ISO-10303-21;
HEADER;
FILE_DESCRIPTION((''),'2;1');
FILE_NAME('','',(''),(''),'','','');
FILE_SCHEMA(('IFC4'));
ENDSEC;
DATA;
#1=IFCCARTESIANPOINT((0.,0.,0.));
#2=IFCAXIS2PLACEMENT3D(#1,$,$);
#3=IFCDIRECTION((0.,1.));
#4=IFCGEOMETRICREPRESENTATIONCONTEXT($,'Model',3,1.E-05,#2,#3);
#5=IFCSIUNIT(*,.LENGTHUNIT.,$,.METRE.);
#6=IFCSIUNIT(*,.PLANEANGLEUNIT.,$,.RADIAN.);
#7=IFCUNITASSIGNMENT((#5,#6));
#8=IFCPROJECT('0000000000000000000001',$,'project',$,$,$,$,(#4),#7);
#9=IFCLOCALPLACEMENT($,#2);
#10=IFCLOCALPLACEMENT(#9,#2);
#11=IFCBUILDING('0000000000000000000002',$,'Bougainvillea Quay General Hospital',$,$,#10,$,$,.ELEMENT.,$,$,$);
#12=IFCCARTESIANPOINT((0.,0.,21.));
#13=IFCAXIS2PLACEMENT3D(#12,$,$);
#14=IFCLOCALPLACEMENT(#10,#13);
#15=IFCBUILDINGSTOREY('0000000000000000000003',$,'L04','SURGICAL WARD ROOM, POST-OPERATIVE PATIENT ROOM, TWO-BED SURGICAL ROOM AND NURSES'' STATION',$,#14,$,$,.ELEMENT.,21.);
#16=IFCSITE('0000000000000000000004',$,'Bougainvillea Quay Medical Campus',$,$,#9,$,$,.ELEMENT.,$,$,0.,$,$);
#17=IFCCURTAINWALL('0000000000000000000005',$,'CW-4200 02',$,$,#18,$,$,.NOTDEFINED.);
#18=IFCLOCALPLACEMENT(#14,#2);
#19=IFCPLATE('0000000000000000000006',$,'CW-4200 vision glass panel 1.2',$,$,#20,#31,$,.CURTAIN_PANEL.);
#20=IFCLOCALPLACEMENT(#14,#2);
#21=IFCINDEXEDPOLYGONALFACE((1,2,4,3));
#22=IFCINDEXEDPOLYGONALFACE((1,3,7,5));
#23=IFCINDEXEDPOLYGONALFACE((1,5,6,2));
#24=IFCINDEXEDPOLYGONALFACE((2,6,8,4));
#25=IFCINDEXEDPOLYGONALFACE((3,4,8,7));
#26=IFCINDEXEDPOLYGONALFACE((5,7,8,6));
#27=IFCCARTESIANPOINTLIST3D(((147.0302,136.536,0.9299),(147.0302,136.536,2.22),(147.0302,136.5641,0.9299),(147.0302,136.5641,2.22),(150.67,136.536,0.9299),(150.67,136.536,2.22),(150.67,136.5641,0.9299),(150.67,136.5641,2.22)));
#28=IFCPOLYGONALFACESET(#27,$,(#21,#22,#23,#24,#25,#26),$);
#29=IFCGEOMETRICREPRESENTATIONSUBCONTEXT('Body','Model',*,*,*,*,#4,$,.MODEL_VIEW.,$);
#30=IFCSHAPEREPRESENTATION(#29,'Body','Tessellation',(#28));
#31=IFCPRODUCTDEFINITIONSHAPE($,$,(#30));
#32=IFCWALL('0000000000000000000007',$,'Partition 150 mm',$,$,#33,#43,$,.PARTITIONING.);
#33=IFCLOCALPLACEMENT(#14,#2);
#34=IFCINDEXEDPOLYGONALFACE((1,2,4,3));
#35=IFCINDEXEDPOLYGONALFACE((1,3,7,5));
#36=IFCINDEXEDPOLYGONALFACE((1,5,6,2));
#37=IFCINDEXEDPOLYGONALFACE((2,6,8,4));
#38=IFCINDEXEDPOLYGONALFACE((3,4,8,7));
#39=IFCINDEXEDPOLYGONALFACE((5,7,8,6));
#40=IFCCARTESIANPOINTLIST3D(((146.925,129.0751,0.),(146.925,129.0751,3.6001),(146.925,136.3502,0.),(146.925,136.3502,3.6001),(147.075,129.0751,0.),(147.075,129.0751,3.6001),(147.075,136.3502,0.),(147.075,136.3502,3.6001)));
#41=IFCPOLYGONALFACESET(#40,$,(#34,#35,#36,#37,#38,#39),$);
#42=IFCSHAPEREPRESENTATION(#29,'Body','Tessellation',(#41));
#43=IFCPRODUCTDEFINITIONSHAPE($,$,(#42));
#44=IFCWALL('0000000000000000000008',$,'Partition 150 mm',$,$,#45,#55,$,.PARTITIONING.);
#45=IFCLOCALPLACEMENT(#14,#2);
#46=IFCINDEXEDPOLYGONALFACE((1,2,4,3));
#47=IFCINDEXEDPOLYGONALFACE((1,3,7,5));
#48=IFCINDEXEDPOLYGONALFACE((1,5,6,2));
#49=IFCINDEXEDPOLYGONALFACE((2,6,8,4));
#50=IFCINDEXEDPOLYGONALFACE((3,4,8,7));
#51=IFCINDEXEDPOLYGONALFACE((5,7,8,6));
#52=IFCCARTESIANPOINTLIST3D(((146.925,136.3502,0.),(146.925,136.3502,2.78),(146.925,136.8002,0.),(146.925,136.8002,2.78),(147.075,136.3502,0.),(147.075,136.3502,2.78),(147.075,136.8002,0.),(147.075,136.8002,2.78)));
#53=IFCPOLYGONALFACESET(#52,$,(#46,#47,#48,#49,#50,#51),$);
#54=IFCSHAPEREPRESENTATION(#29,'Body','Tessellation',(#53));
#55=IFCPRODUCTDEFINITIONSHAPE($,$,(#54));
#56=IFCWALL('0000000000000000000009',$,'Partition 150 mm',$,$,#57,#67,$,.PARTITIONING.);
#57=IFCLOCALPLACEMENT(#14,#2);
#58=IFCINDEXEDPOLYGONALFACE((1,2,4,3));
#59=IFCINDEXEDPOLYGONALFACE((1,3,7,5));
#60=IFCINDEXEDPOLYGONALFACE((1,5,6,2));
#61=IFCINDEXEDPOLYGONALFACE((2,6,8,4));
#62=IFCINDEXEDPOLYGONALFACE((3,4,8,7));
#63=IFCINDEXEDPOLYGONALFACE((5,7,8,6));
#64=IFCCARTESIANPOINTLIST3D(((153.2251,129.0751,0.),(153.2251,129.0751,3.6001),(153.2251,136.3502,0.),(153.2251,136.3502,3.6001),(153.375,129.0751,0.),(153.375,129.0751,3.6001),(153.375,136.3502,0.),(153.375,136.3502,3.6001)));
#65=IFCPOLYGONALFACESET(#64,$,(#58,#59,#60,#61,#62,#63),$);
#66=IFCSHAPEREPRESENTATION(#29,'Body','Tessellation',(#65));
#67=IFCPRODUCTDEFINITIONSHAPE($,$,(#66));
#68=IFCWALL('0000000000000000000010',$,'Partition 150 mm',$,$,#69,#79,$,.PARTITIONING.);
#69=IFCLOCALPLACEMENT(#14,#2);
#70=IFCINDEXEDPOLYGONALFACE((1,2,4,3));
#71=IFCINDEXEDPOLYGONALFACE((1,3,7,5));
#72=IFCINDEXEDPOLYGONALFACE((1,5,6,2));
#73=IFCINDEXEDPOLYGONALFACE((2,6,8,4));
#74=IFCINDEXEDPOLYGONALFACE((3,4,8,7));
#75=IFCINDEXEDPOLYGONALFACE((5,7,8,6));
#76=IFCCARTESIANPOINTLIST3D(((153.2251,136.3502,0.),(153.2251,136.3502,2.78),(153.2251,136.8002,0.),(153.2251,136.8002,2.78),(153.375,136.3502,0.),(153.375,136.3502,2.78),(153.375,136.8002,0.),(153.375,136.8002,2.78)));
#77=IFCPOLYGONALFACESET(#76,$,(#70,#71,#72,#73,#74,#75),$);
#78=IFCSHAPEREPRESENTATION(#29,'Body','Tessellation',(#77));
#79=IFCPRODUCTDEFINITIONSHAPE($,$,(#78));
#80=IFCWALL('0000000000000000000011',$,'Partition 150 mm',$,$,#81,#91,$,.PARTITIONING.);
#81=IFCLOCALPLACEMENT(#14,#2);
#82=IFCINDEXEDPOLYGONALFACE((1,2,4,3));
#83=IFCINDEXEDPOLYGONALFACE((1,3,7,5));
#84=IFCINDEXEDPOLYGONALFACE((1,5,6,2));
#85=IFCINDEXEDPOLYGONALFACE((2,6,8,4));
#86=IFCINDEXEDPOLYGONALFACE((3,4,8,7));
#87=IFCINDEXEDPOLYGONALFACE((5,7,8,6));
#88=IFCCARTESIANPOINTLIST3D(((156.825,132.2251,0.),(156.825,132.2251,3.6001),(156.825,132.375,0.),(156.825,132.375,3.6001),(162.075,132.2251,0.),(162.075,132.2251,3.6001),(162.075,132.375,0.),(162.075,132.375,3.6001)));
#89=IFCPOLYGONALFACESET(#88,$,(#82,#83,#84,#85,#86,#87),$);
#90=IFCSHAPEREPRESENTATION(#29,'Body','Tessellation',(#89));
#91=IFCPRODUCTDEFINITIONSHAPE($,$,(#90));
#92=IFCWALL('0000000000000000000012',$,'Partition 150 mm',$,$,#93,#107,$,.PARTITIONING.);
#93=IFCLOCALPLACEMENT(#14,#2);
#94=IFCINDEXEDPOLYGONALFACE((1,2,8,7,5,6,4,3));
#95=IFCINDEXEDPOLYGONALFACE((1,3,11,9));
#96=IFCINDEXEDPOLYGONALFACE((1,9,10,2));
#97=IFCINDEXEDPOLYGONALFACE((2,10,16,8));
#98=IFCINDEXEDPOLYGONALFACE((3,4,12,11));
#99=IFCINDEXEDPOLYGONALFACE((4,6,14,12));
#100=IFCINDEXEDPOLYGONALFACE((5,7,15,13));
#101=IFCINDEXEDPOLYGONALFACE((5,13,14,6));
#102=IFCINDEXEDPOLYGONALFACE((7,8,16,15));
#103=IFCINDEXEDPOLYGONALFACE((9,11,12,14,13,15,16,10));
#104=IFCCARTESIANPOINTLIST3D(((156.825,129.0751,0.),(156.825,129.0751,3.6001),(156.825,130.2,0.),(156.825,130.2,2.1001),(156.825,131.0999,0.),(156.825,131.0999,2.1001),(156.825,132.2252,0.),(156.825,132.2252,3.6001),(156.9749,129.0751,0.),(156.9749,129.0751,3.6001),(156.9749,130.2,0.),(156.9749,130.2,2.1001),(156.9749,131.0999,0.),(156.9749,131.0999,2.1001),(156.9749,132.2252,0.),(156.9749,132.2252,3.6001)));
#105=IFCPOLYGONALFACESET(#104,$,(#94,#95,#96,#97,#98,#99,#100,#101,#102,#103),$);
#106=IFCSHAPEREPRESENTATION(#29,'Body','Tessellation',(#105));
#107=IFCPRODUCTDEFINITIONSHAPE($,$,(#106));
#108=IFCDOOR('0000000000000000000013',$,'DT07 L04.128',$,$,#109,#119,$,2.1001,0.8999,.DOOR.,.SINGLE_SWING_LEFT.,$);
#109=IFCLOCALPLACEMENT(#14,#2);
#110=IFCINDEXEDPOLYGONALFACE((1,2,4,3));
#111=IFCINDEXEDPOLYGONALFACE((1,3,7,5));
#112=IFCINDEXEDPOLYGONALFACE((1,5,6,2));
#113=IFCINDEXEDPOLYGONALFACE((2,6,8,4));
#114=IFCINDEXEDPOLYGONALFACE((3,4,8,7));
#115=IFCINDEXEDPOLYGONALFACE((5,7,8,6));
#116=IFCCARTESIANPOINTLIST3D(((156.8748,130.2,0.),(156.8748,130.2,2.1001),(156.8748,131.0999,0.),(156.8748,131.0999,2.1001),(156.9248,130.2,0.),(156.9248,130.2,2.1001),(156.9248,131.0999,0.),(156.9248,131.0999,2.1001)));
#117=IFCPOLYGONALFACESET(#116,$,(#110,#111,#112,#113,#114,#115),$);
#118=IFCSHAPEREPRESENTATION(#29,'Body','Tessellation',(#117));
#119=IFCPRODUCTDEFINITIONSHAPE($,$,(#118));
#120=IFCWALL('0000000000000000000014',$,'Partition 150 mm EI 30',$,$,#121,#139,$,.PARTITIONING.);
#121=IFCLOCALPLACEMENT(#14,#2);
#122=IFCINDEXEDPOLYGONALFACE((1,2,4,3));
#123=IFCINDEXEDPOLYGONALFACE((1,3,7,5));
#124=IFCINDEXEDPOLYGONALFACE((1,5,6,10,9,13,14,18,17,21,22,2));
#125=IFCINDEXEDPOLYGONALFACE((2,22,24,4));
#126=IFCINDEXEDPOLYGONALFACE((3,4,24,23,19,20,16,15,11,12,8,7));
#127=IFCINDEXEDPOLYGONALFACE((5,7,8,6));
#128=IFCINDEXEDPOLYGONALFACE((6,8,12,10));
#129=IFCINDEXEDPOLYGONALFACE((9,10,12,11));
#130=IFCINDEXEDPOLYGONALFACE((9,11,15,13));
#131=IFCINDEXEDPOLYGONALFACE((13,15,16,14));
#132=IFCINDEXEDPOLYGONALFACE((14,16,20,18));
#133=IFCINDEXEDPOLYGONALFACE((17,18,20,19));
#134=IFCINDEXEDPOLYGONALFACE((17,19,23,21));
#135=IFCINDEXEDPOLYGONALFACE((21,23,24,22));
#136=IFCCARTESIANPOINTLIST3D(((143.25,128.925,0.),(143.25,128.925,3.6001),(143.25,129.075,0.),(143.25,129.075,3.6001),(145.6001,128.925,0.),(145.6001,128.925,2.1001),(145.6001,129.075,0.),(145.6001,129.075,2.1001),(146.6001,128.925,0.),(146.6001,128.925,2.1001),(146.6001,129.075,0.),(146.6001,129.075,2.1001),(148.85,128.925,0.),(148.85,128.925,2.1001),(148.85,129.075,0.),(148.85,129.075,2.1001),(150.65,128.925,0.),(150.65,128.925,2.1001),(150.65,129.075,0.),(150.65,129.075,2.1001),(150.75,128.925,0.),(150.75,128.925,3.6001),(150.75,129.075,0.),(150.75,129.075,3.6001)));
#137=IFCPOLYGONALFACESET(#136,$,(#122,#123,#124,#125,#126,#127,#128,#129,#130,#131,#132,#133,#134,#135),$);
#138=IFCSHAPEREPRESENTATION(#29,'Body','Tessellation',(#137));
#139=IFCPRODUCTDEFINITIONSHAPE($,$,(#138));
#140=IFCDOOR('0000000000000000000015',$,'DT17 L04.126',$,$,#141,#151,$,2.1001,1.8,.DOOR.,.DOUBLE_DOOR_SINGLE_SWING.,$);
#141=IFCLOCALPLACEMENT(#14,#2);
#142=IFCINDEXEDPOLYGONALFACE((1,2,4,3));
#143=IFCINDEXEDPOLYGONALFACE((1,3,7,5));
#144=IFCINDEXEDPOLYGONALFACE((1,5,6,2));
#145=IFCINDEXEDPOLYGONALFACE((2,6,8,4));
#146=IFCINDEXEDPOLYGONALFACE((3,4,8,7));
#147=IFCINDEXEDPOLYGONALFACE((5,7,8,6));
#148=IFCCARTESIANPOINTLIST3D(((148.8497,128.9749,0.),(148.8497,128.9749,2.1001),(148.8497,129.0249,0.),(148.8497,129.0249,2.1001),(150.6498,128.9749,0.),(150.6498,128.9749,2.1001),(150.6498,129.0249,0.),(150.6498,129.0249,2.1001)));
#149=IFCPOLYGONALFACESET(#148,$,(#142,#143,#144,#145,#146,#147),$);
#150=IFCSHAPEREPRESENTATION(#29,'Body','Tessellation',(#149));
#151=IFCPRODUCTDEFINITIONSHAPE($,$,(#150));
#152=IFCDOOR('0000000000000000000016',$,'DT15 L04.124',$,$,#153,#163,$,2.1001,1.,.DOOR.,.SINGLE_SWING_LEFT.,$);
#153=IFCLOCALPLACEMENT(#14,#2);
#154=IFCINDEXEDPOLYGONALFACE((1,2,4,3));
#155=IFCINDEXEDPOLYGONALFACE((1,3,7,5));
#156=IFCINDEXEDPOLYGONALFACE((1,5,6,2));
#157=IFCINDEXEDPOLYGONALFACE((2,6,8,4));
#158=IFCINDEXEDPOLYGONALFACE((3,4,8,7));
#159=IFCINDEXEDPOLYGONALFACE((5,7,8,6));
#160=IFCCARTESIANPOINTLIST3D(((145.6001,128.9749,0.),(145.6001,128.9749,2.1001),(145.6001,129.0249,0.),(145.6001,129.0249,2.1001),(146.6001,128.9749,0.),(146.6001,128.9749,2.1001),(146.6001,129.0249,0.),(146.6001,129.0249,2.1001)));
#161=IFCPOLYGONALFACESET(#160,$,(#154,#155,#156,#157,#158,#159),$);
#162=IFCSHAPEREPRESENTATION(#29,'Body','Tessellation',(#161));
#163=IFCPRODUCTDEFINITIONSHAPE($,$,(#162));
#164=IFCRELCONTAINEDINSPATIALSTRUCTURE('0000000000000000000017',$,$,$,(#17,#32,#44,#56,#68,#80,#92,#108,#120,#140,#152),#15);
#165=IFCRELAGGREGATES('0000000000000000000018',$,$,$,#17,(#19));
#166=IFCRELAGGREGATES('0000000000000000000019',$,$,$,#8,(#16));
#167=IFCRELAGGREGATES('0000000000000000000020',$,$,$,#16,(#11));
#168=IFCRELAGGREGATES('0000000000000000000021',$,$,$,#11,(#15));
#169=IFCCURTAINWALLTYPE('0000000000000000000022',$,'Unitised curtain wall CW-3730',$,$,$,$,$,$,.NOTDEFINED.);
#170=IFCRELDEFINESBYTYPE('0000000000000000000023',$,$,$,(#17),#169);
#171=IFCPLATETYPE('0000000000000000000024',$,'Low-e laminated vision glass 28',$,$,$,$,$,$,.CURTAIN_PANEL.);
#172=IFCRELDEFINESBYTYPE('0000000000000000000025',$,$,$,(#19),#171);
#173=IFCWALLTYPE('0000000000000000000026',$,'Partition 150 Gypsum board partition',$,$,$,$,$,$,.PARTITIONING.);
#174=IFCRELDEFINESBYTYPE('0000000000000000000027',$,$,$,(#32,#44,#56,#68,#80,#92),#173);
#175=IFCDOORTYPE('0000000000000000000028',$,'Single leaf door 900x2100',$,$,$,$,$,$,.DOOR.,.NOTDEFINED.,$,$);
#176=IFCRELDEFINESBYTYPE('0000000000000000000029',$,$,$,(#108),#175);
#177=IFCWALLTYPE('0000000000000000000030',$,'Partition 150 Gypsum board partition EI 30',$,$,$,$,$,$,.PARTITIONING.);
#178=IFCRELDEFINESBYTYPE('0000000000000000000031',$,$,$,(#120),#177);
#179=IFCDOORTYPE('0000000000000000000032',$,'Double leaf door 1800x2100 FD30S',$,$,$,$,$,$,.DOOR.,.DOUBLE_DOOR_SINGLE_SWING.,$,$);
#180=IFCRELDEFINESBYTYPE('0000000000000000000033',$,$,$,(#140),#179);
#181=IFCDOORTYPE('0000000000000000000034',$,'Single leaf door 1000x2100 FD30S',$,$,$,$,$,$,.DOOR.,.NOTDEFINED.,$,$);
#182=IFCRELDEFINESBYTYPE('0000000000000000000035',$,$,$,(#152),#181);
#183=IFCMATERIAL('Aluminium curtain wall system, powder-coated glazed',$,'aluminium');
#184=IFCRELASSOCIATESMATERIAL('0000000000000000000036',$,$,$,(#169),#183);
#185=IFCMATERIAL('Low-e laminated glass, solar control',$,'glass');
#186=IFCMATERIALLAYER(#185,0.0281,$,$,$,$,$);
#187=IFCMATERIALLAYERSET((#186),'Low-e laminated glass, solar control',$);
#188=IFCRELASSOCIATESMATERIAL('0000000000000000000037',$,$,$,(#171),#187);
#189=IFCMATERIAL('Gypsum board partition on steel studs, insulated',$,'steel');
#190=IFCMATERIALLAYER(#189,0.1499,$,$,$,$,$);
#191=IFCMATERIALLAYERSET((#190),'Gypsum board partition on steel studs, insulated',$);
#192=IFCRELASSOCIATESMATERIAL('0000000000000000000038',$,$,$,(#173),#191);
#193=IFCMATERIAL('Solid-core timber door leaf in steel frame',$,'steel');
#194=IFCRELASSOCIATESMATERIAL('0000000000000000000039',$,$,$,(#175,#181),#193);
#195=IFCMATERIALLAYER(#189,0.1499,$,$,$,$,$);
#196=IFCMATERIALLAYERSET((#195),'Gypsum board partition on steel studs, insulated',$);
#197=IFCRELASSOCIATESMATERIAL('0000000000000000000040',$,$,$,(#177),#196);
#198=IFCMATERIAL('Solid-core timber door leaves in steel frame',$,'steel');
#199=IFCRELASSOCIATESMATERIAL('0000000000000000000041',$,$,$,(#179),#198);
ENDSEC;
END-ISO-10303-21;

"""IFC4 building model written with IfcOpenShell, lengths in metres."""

from ifc_helpers import new_model, si_unit, direction, frame, frame_2d, origin, origin_2d, place, context, subcontext, project, spatial, rectangle, extrude, material, layer, layer_set, type_object, element, fill, aggregate, save


model = new_model("IFC4")

# Units and contexts
model_context = context("Model", 3, precision=1e-05, world=origin(), true_north=direction((0.0, 1.0)))
body_context = subcontext(model_context, "Body", "Model", "MODEL_VIEW")
ifc_project = project(units=[si_unit("LENGTHUNIT", "METRE"), si_unit("PLANEANGLEUNIT", "RADIAN")], contexts=[model_context])

# Site, building, storey
site_placement = place(None, origin())
site = spatial("IfcSite", under=ifc_project, at=site_placement, Name="Bougainvillea Quay Medical Campus", CompositionType="ELEMENT", RefElevation=0.0)
building_placement = place(site_placement, origin())
building = spatial("IfcBuilding", under=site, at=building_placement, Name="Bougainvillea Quay General Hospital", CompositionType="ELEMENT")
storey_placement = place(building_placement, frame((0.0, 0.0, 21.0)))
storey = spatial("IfcBuildingStorey", under=building, at=storey_placement, Name="L04", Description="SURGICAL WARD ROOM, POST-OPERATIVE PATIENT ROOM, TWO-BED SURGICAL ROOM AND NURSES' STATION", CompositionType="ELEMENT", Elevation=21.0)

# Shared definitions
ifc_material_1 = material(Name="Aluminium curtain wall system, powder-coated glazed", Category="aluminium")
curtain_wall_type = type_object("IfcCurtainWallType", Name="Unitised curtain wall CW-3730", PredefinedType="NOTDEFINED", material=ifc_material_1)

# Curtain wall
curtain_wall_1_placement = place(storey_placement, origin())
curtain_wall_1 = element("IfcCurtainWall", 1, at=curtain_wall_1_placement, inside=storey, type_object=curtain_wall_type, Name="CW-4200 02", PredefinedType="NOTDEFINED")

# Plate
ifc_material_2 = material(Name="Low-e laminated glass, solar control", Category="glass")
ifc_layer_1 = layer(ifc_material_2, 0.0281)
ifc_layer_set_1 = layer_set([ifc_layer_1], Name="Low-e laminated glass, solar control")
plate_type_1 = type_object("IfcPlateType", Name="Low-e laminated vision glass 28", PredefinedType="CURTAIN_PANEL", material=ifc_layer_set_1)
plate_1_placement = place(storey_placement, frame((148.8501, 136.55, 0.9299), z_axis=(0.0, 0.0, 1.0), x_axis=(-1.0, 0.0, 0.0)))
plate_1 = element("IfcPlate", 2, at=plate_1_placement, type_object=plate_type_1, Name="CW-4200 vision glass panel 1.2", PredefinedType="CURTAIN_PANEL", context=body_context, shape_type="SweptSolid", body=[
    extrude(rectangle(XDim=3.6399, YDim=0.0281, at=origin_2d()), origin(), (0.0, 0.0, 1.0), 1.29),
])
aggregate(curtain_wall_1, [plate_1])

# Walls
ifc_material_3 = material(Name="Gypsum board partition on steel studs, insulated", Category="steel")
ifc_layer_2 = layer(ifc_material_3, 0.1499)
ifc_layer_set_2 = layer_set([ifc_layer_2], Name="Gypsum board partition on steel studs, insulated")
wall_type_1 = type_object("IfcWallType", Name="Partition 150 Gypsum board partition", PredefinedType="PARTITIONING", material=ifc_layer_set_2)
wall_1_placement = place(storey_placement, frame((147.0, 129.075, 0.0), z_axis=(0.0, 0.0, 1.0), x_axis=(0.0, 1.0, 0.0)))
element("IfcWall", 3, at=wall_1_placement, inside=storey, type_object=wall_type_1, Name="Partition 150 mm", PredefinedType="PARTITIONING", context=body_context, shape_type="SweptSolid", body=[
    extrude(rectangle(XDim=7.2751, YDim=0.1499, at=frame_2d((3.6377, 0.0))), origin(), (0.0, 0.0, 1.0), 3.6001),
])
wall_2_placement = place(storey_placement, frame((147.0, 136.3501, 0.0), z_axis=(0.0, 0.0, 1.0), x_axis=(0.0, 1.0, 0.0)))
element("IfcWall", 4, at=wall_2_placement, inside=storey, type_object=wall_type_1, Name="Partition 150 mm", PredefinedType="PARTITIONING", context=body_context, shape_type="SweptSolid", body=[
    extrude(rectangle(XDim=0.45, YDim=0.1499, at=frame_2d((0.2251, 0.0))), origin(), (0.0, 0.0, 1.0), 2.78),
])
wall_3_placement = place(storey_placement, frame((153.3, 129.075, 0.0), z_axis=(0.0, 0.0, 1.0), x_axis=(0.0, 1.0, 0.0)))
element("IfcWall", 5, at=wall_3_placement, inside=storey, type_object=wall_type_1, Name="Partition 150 mm", PredefinedType="PARTITIONING", context=body_context, shape_type="SweptSolid", body=[
    extrude(rectangle(XDim=7.2751, YDim=0.1499, at=frame_2d((3.6377, 0.0))), origin(), (0.0, 0.0, 1.0), 3.6001),
])
wall_4_placement = place(storey_placement, frame((153.3, 136.3501, 0.0), z_axis=(0.0, 0.0, 1.0), x_axis=(0.0, 1.0, 0.0)))
element("IfcWall", 6, at=wall_4_placement, inside=storey, type_object=wall_type_1, Name="Partition 150 mm", PredefinedType="PARTITIONING", context=body_context, shape_type="SweptSolid", body=[
    extrude(rectangle(XDim=0.45, YDim=0.1499, at=frame_2d((0.2251, 0.0))), origin(), (0.0, 0.0, 1.0), 2.78),
])
wall_5_placement = place(storey_placement, frame((156.825, 132.3, 0.0), z_axis=(0.0, 0.0, 1.0), x_axis=(1.0, 0.0, 0.0)))
element("IfcWall", 7, at=wall_5_placement, inside=storey, type_object=wall_type_1, Name="Partition 150 mm", PredefinedType="PARTITIONING", context=body_context, shape_type="SweptSolid", body=[
    extrude(rectangle(XDim=5.25, YDim=0.1499, at=frame_2d((2.625, 0.0))), origin(), (0.0, 0.0, 1.0), 3.6001),
])

# Wall, opening, door
wall_6_placement = place(storey_placement, frame((156.8999, 129.075, 0.0), z_axis=(0.0, 0.0, 1.0), x_axis=(0.0, 1.0, 0.0)))
wall_6 = element("IfcWall", 8, at=wall_6_placement, inside=storey, type_object=wall_type_1, Name="Partition 150 mm", PredefinedType="PARTITIONING", context=body_context, shape_type="SweptSolid", body=[
    extrude(rectangle(XDim=3.1501, YDim=0.1499, at=frame_2d((1.5752, 0.0))), origin(), (0.0, 0.0, 1.0), 3.6001),
])
opening_1_placement = place(wall_6_placement, frame((1.125, 0.0, 0.0)))
opening_1 = element("IfcOpeningElement", 9, at=opening_1_placement, cuts=wall_6, PredefinedType="OPENING", context=body_context, shape_type="SweptSolid", body=[
    extrude(rectangle(XDim=0.8999, YDim=2.1001, at=frame_2d((0.45, 1.05))), frame((0.0, 0.085, 0.0), z_axis=(0.0, -1.0, 0.0), x_axis=(1.0, 0.0, 0.0)), (0.0, 0.0, 1.0), 0.1699),
])
ifc_material_4 = material(Name="Solid-core timber door leaf in steel frame", Category="steel")
door_type_1 = type_object("IfcDoorType", Name="Single leaf door 900x2100", OperationType="NOTDEFINED", PredefinedType="DOOR", material=ifc_material_4)
door_1_placement = place(opening_1_placement, frame((0.8999, 0.0, 0.0), z_axis=(0.0, 0.0, 1.0), x_axis=(-1.0, 0.0, 0.0)))
door_1 = element("IfcDoor", 10, at=door_1_placement, inside=storey, type_object=door_type_1, Name="DT07 L04.128", OperationType="SINGLE_SWING_LEFT", OverallHeight=2.1001, OverallWidth=0.8999, PredefinedType="DOOR", context=body_context, shape_type="SweptSolid", body=[
    extrude(rectangle(XDim=0.8999, YDim=2.1001, at=frame_2d((0.45, 1.05))), frame((0.0, 0.0249, 0.0), z_axis=(0.0, -1.0, 0.0), x_axis=(1.0, 0.0, 0.0)), (0.0, 0.0, 1.0), 0.05),
])
fill(opening_1, door_1)

# Wall, openings, doors
ifc_layer_3 = layer(ifc_material_3, 0.1499)
ifc_layer_set_3 = layer_set([ifc_layer_3], Name="Gypsum board partition on steel studs, insulated")
wall_type_2 = type_object("IfcWallType", Name="Partition 150 Gypsum board partition EI 30", PredefinedType="PARTITIONING", material=ifc_layer_set_3)
wall_7_placement = place(storey_placement, frame((150.75, 129.0, 0.0), z_axis=(0.0, 0.0, 1.0), x_axis=(-1.0, 0.0, 0.0)))
wall_7 = element("IfcWall", 11, at=wall_7_placement, inside=storey, type_object=wall_type_2, Name="Partition 150 mm EI 30", PredefinedType="PARTITIONING", context=body_context, shape_type="SweptSolid", body=[
    extrude(rectangle(XDim=7.5, YDim=0.1499, at=frame_2d((3.75, 0.0))), origin(), (0.0, 0.0, 1.0), 3.6001),
])
opening_2_placement = place(wall_7_placement, frame((4.1499, 0.0, 0.0)))
opening_2 = element("IfcOpeningElement", 12, at=opening_2_placement, cuts=wall_7, PredefinedType="OPENING", context=body_context, shape_type="SweptSolid", body=[
    extrude(rectangle(XDim=1.0, YDim=2.1001, at=frame_2d((0.5, 1.05))), frame((0.0, 0.085, 0.0), z_axis=(0.0, -1.0, 0.0), x_axis=(1.0, 0.0, 0.0)), (0.0, 0.0, 1.0), 0.1699),
])
opening_3_placement = place(wall_7_placement, frame((0.1001, 0.0, 0.0)))
opening_3 = element("IfcOpeningElement", 13, at=opening_3_placement, cuts=wall_7, PredefinedType="OPENING", context=body_context, shape_type="SweptSolid", body=[
    extrude(rectangle(XDim=1.8, YDim=2.1001, at=frame_2d((0.8999, 1.05))), frame((0.0, 0.085, 0.0), z_axis=(0.0, -1.0, 0.0), x_axis=(1.0, 0.0, 0.0)), (0.0, 0.0, 1.0), 0.1699),
])
ifc_material_5 = material(Name="Solid-core timber door leaves in steel frame", Category="steel")
door_type_2 = type_object("IfcDoorType", Name="Double leaf door 1800x2100 FD30S", OperationType="DOUBLE_DOOR_SINGLE_SWING", PredefinedType="DOOR", material=ifc_material_5)
door_2_placement = place(opening_3_placement, frame((1.8, 0.0, 0.0), z_axis=(0.0, 0.0, 1.0), x_axis=(-1.0, 0.0, 0.0)))
door_2 = element("IfcDoor", 14, at=door_2_placement, inside=storey, type_object=door_type_2, Name="DT17 L04.126", OperationType="DOUBLE_DOOR_SINGLE_SWING", OverallHeight=2.1001, OverallWidth=1.8, PredefinedType="DOOR", context=body_context, shape_type="SweptSolid", body=[
    extrude(rectangle(XDim=1.8, YDim=2.1001, at=frame_2d((0.8999, 1.05))), frame((0.0, 0.0249, 0.0), z_axis=(0.0, -1.0, 0.0), x_axis=(1.0, 0.0, 0.0)), (0.0, 0.0, 1.0), 0.05),
])
fill(opening_3, door_2)
door_type_3 = type_object("IfcDoorType", Name="Single leaf door 1000x2100 FD30S", OperationType="NOTDEFINED", PredefinedType="DOOR", material=ifc_material_4)
door_3_placement = place(opening_2_placement, frame((1.0, 0.0, 0.0), z_axis=(0.0, 0.0, 1.0), x_axis=(-1.0, 0.0, 0.0)))
door_3 = element("IfcDoor", 15, at=door_3_placement, inside=storey, type_object=door_type_3, Name="DT15 L04.124", OperationType="SINGLE_SWING_LEFT", OverallHeight=2.1001, OverallWidth=1.0, PredefinedType="DOOR", context=body_context, shape_type="SweptSolid", body=[
    extrude(rectangle(XDim=1.0, YDim=2.1001, at=frame_2d((0.5, 1.05))), frame((0.0, 0.0249, 0.0), z_axis=(0.0, -1.0, 0.0), x_axis=(1.0, 0.0, 0.0)), (0.0, 0.0, 1.0), 0.05),
])
fill(opening_2, door_3)

save(model, "model.ifc")
